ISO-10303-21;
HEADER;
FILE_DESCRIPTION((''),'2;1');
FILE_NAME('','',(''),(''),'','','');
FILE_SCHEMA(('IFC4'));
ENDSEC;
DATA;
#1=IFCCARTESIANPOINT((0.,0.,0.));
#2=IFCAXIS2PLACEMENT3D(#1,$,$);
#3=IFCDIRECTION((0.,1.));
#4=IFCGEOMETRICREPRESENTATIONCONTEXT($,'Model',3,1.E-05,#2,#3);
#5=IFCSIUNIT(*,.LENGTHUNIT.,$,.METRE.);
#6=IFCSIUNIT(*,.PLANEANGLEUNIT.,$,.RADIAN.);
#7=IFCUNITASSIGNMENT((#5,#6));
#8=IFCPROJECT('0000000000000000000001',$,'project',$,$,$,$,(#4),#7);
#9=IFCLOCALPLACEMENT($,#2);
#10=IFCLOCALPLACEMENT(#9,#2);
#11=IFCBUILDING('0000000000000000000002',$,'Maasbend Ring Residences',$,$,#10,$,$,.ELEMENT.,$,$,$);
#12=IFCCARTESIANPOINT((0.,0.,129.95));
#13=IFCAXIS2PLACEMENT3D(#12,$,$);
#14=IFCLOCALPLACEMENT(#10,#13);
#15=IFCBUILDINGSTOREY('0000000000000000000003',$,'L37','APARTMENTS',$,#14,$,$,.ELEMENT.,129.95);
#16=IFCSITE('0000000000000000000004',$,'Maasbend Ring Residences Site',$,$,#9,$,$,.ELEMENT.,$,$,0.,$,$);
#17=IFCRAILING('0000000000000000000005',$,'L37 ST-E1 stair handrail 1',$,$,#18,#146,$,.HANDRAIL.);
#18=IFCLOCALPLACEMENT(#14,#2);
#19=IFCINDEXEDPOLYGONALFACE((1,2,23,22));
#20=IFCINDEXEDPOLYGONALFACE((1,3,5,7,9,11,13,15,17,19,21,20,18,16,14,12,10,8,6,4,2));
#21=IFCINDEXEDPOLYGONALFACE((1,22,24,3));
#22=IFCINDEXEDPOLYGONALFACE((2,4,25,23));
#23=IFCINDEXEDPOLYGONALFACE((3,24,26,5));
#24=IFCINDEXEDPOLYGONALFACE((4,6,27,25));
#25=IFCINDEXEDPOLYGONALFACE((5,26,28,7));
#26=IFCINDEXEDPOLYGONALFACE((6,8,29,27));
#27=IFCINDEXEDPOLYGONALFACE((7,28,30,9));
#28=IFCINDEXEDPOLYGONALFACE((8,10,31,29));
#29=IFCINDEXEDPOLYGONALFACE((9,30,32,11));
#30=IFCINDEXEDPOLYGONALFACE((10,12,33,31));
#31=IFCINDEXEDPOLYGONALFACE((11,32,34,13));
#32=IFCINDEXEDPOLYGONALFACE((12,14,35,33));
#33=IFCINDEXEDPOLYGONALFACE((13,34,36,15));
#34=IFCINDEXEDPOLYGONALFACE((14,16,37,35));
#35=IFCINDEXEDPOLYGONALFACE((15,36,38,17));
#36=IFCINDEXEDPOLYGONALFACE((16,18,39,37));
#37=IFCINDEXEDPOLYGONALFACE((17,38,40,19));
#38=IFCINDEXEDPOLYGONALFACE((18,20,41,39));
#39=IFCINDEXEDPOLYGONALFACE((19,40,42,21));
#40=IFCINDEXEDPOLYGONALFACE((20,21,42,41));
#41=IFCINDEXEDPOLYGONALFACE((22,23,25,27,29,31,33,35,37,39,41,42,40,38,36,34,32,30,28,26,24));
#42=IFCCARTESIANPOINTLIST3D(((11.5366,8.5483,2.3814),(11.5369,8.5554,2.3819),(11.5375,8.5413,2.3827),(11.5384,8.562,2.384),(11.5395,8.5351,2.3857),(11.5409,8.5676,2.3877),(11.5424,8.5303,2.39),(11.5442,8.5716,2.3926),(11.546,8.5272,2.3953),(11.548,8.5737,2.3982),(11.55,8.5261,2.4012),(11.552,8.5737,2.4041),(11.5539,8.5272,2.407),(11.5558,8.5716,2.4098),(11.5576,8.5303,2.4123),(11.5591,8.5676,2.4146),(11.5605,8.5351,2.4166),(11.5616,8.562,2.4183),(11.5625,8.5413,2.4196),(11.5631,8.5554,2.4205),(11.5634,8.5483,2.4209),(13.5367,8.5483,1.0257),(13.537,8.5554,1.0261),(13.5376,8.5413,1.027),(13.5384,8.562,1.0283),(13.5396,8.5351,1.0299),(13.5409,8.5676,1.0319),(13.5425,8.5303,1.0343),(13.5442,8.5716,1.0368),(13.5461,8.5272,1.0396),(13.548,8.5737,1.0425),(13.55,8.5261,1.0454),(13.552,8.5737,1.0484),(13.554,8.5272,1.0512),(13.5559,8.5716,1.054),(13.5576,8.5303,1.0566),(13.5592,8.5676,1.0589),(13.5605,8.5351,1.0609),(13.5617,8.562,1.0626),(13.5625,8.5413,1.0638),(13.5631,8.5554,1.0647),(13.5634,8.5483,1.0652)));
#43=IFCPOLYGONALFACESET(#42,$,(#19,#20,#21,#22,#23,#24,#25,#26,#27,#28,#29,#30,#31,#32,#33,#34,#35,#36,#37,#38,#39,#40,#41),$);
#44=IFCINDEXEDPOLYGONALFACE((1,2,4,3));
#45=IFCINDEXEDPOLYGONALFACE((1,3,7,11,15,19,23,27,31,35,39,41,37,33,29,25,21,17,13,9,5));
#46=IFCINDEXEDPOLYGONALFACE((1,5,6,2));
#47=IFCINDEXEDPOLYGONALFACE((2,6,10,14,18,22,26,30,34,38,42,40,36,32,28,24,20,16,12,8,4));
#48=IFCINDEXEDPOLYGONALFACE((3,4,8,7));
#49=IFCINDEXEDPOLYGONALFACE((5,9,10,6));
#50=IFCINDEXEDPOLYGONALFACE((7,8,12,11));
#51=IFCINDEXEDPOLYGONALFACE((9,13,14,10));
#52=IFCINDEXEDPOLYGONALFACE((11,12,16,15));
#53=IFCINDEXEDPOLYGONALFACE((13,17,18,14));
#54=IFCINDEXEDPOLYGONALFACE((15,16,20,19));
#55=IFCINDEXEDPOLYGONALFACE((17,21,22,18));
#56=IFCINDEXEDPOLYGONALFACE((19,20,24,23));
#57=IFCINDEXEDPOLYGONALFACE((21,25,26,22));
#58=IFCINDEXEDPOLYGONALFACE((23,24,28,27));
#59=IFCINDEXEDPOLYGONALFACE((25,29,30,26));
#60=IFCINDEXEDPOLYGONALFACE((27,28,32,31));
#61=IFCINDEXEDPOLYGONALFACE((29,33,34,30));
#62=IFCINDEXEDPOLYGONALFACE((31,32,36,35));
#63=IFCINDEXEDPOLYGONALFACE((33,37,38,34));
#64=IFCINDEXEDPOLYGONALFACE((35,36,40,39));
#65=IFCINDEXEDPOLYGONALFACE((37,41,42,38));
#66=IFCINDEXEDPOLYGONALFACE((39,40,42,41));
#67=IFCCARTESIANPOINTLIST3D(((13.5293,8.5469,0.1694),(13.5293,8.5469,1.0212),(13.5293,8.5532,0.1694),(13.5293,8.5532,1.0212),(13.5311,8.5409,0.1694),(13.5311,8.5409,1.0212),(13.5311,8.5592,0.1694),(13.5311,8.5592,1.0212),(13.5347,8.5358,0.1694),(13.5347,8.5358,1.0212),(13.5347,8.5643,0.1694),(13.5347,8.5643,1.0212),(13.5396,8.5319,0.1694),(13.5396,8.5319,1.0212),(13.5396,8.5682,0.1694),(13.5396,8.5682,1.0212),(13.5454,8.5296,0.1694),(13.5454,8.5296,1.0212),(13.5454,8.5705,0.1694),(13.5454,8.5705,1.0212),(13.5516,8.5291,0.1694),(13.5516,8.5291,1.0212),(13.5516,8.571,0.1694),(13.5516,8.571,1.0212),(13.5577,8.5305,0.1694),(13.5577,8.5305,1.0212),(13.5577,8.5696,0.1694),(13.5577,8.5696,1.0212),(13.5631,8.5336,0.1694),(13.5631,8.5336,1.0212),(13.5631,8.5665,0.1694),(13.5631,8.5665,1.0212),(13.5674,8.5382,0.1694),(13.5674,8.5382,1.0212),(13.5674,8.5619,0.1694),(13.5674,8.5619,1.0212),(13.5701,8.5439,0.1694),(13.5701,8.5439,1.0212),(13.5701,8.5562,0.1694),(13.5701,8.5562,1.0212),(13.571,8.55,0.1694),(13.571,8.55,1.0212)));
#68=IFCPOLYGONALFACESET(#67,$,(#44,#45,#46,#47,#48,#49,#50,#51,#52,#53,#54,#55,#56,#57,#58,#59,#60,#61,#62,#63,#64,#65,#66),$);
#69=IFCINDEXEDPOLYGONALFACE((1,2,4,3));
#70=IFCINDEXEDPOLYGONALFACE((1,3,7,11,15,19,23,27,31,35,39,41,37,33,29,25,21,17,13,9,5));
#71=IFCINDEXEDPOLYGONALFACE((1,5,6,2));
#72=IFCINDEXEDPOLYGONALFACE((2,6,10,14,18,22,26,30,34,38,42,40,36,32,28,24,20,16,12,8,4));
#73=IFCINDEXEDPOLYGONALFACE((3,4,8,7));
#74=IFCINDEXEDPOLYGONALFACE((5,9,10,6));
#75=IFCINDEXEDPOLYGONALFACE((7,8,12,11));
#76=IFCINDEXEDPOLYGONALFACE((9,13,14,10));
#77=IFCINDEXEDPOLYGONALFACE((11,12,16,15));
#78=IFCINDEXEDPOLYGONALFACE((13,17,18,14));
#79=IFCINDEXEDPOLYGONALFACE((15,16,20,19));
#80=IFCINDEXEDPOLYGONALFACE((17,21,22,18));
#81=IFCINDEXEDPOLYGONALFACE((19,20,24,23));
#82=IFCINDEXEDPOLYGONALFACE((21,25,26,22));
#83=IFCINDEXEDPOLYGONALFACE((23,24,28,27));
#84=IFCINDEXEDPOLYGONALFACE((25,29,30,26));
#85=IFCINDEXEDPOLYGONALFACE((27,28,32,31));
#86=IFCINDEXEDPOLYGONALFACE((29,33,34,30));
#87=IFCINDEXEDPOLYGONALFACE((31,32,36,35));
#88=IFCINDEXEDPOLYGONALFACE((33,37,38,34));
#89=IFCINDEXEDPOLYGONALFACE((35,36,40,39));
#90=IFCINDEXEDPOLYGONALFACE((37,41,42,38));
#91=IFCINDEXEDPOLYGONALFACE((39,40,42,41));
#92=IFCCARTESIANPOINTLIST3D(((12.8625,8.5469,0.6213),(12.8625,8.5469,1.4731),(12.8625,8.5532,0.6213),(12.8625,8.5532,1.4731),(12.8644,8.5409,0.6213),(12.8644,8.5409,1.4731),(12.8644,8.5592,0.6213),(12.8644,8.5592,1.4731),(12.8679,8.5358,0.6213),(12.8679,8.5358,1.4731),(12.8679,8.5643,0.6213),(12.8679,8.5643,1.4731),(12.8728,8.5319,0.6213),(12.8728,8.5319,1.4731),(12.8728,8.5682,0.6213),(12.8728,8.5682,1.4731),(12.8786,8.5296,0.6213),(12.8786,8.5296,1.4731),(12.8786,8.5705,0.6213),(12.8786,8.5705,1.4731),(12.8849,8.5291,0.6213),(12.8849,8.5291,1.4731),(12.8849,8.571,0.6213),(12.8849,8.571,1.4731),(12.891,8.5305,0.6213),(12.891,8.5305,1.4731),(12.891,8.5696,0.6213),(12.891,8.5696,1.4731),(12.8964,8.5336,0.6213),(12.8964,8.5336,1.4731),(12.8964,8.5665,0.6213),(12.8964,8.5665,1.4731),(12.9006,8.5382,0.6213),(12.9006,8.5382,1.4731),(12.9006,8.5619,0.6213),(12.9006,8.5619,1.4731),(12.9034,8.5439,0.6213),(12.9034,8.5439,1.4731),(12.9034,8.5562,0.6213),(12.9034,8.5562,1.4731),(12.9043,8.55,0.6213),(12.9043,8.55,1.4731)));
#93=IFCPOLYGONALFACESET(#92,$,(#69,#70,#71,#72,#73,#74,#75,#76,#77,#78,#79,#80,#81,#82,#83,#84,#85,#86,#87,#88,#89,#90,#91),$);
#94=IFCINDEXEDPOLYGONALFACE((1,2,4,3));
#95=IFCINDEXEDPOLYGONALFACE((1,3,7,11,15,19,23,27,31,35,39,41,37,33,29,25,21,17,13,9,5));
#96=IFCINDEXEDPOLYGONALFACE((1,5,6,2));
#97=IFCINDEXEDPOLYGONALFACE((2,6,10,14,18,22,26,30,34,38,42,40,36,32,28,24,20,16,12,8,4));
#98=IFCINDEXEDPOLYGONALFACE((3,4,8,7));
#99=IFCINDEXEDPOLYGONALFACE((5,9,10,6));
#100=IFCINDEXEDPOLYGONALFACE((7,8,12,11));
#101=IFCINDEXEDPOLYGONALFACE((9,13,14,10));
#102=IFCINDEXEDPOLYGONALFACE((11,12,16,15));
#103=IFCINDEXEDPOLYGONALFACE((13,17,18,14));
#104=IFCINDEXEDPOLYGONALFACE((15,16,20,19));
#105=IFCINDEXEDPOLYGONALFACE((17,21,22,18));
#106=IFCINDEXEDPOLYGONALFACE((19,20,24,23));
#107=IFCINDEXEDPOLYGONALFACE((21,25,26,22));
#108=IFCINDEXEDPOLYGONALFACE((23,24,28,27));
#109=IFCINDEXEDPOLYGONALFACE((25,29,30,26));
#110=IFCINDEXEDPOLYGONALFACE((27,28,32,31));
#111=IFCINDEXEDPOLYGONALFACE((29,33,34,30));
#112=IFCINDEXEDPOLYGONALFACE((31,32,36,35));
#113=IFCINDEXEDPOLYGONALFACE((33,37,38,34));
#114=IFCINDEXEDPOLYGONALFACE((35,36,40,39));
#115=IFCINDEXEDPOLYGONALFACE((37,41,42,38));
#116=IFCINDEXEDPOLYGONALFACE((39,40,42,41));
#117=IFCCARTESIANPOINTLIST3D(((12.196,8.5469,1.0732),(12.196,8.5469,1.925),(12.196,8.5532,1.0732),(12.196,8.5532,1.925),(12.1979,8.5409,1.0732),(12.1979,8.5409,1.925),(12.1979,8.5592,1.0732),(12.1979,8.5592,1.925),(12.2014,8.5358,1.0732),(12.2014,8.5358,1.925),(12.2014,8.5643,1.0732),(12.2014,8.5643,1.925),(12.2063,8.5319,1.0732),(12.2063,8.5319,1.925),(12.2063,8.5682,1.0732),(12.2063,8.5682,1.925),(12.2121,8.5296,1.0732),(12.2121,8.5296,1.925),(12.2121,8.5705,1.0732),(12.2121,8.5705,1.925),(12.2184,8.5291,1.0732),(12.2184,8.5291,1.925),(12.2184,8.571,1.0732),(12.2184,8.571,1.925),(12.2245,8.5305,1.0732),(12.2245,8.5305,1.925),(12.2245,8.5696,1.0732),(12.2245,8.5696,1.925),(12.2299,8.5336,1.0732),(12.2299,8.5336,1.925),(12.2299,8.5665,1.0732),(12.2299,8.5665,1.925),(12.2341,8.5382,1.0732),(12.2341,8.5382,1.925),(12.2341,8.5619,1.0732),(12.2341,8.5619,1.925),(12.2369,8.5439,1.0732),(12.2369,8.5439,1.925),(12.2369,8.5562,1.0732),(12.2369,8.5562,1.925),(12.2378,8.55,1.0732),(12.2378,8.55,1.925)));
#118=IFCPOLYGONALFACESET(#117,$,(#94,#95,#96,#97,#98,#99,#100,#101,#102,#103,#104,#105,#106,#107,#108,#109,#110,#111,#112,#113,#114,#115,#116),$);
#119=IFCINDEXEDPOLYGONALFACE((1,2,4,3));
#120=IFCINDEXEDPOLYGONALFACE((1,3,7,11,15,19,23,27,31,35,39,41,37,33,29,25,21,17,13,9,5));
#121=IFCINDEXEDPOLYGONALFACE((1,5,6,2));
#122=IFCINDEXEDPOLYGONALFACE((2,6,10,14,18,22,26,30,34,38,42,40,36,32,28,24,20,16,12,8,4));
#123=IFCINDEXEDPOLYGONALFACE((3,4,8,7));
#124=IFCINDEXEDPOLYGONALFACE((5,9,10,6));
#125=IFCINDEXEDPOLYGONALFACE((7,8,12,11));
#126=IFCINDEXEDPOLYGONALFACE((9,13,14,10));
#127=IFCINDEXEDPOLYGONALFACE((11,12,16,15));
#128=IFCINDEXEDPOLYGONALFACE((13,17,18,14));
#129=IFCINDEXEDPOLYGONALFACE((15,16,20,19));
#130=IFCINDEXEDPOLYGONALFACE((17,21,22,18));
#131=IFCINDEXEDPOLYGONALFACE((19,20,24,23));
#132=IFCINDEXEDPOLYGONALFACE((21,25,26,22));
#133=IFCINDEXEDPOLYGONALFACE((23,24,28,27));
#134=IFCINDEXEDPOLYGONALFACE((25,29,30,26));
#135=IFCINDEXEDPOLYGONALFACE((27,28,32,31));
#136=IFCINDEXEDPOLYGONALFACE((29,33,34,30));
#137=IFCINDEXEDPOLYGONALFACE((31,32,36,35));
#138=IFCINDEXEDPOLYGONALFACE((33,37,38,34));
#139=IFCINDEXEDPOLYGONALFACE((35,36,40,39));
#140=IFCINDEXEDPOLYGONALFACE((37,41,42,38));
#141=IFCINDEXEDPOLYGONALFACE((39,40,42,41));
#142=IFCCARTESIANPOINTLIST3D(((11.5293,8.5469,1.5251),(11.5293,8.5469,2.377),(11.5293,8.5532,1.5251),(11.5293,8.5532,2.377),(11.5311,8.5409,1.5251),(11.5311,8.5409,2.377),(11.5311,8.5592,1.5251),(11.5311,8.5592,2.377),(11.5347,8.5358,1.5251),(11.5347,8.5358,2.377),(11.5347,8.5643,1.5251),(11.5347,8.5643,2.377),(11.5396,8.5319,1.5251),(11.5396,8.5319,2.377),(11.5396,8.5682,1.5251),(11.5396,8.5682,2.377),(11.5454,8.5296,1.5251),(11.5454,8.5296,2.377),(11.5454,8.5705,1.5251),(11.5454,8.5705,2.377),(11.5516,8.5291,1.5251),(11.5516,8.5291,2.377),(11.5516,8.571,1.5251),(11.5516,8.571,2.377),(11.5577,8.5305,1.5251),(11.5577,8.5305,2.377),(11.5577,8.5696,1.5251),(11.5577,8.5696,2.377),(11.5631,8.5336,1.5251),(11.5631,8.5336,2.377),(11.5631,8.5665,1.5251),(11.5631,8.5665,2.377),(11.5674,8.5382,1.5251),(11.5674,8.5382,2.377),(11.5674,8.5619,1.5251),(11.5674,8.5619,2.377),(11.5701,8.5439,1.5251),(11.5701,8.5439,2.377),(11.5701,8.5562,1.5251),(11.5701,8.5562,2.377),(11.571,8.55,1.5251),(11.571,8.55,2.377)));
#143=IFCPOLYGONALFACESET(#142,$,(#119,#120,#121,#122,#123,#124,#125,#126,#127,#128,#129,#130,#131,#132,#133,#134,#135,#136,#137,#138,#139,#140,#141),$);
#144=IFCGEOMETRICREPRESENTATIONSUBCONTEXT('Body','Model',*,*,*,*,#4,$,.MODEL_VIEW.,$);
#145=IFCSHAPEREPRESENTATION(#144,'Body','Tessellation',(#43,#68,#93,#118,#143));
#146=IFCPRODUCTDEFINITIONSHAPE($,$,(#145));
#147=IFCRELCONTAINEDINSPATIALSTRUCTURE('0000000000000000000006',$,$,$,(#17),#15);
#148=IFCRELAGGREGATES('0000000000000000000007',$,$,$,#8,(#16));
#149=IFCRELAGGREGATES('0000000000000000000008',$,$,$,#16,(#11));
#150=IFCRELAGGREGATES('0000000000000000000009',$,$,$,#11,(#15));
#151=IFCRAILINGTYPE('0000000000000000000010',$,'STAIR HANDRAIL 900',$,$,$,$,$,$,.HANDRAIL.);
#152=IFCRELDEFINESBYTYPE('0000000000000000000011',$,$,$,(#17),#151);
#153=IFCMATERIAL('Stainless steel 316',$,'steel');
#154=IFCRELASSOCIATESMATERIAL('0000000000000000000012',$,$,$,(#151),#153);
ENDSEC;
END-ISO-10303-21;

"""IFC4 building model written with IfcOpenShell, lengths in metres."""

from ifc_helpers import new_model, si_unit, direction, frame, origin, origin_2d, place, context, subcontext, project, spatial, circle, extrude, material, type_object, element, save


model = new_model("IFC4")

# Units and contexts
model_context = context("Model", 3, precision=1e-05, world=origin(), true_north=direction((0.0, 1.0)))
body_context = subcontext(model_context, "Body", "Model", "MODEL_VIEW")
ifc_project = project(units=[si_unit("LENGTHUNIT", "METRE"), si_unit("PLANEANGLEUNIT", "RADIAN")], contexts=[model_context])

# Site, building, storey
site_placement = place(None, origin())
site = spatial("IfcSite", under=ifc_project, at=site_placement, Name="Maasbend Ring Residences Site", CompositionType="ELEMENT", RefElevation=0.0)
building_placement = place(site_placement, origin())
building = spatial("IfcBuilding", under=site, at=building_placement, Name="Maasbend Ring Residences", CompositionType="ELEMENT")
storey_placement = place(building_placement, frame((0.0, 0.0, 129.95)))
storey = spatial("IfcBuildingStorey", under=building, at=storey_placement, Name="L37", Description="APARTMENTS", CompositionType="ELEMENT", Elevation=129.95)

# Railing
ifc_material_1 = material(Name="Stainless steel 316", Category="steel")
railing_type_1 = type_object("IfcRailingType", Name="STAIR HANDRAIL 900", PredefinedType="HANDRAIL", material=ifc_material_1)
railing_1_placement = place(storey_placement, frame((13.55, 8.55, 0.1694)))
element("IfcRailing", 1, at=railing_1_placement, inside=storey, type_object=railing_type_1, Name="L37 ST-E1 stair handrail 1", PredefinedType="HANDRAIL", context=body_context, shape_type="SweptSolid", body=[
    extrude(circle(Radius=0.0239, at=origin_2d()), frame((0.0, 0.0, 0.876), z_axis=(-0.827751, 0.0, 0.561096), x_axis=(0.0, -1.0, 0.0)), (0.0, 0.0, 1.0), 2.4163),
    extrude(circle(Radius=0.021, at=origin_2d()), origin(), (0.0, 0.0, 1.0), 0.8518),
    extrude(circle(Radius=0.021, at=origin_2d()), frame((-0.6667, 0.0, 0.4519)), (0.0, 0.0, 1.0), 0.8518),
    extrude(circle(Radius=0.021, at=origin_2d()), frame((-1.3333, 0.0, 0.9038)), (0.0, 0.0, 1.0), 0.8518),
    extrude(circle(Radius=0.021, at=origin_2d()), frame((-2.0, 0.0, 1.3557)), (0.0, 0.0, 1.0), 0.8518),
])

save(model, "model.ifc")
